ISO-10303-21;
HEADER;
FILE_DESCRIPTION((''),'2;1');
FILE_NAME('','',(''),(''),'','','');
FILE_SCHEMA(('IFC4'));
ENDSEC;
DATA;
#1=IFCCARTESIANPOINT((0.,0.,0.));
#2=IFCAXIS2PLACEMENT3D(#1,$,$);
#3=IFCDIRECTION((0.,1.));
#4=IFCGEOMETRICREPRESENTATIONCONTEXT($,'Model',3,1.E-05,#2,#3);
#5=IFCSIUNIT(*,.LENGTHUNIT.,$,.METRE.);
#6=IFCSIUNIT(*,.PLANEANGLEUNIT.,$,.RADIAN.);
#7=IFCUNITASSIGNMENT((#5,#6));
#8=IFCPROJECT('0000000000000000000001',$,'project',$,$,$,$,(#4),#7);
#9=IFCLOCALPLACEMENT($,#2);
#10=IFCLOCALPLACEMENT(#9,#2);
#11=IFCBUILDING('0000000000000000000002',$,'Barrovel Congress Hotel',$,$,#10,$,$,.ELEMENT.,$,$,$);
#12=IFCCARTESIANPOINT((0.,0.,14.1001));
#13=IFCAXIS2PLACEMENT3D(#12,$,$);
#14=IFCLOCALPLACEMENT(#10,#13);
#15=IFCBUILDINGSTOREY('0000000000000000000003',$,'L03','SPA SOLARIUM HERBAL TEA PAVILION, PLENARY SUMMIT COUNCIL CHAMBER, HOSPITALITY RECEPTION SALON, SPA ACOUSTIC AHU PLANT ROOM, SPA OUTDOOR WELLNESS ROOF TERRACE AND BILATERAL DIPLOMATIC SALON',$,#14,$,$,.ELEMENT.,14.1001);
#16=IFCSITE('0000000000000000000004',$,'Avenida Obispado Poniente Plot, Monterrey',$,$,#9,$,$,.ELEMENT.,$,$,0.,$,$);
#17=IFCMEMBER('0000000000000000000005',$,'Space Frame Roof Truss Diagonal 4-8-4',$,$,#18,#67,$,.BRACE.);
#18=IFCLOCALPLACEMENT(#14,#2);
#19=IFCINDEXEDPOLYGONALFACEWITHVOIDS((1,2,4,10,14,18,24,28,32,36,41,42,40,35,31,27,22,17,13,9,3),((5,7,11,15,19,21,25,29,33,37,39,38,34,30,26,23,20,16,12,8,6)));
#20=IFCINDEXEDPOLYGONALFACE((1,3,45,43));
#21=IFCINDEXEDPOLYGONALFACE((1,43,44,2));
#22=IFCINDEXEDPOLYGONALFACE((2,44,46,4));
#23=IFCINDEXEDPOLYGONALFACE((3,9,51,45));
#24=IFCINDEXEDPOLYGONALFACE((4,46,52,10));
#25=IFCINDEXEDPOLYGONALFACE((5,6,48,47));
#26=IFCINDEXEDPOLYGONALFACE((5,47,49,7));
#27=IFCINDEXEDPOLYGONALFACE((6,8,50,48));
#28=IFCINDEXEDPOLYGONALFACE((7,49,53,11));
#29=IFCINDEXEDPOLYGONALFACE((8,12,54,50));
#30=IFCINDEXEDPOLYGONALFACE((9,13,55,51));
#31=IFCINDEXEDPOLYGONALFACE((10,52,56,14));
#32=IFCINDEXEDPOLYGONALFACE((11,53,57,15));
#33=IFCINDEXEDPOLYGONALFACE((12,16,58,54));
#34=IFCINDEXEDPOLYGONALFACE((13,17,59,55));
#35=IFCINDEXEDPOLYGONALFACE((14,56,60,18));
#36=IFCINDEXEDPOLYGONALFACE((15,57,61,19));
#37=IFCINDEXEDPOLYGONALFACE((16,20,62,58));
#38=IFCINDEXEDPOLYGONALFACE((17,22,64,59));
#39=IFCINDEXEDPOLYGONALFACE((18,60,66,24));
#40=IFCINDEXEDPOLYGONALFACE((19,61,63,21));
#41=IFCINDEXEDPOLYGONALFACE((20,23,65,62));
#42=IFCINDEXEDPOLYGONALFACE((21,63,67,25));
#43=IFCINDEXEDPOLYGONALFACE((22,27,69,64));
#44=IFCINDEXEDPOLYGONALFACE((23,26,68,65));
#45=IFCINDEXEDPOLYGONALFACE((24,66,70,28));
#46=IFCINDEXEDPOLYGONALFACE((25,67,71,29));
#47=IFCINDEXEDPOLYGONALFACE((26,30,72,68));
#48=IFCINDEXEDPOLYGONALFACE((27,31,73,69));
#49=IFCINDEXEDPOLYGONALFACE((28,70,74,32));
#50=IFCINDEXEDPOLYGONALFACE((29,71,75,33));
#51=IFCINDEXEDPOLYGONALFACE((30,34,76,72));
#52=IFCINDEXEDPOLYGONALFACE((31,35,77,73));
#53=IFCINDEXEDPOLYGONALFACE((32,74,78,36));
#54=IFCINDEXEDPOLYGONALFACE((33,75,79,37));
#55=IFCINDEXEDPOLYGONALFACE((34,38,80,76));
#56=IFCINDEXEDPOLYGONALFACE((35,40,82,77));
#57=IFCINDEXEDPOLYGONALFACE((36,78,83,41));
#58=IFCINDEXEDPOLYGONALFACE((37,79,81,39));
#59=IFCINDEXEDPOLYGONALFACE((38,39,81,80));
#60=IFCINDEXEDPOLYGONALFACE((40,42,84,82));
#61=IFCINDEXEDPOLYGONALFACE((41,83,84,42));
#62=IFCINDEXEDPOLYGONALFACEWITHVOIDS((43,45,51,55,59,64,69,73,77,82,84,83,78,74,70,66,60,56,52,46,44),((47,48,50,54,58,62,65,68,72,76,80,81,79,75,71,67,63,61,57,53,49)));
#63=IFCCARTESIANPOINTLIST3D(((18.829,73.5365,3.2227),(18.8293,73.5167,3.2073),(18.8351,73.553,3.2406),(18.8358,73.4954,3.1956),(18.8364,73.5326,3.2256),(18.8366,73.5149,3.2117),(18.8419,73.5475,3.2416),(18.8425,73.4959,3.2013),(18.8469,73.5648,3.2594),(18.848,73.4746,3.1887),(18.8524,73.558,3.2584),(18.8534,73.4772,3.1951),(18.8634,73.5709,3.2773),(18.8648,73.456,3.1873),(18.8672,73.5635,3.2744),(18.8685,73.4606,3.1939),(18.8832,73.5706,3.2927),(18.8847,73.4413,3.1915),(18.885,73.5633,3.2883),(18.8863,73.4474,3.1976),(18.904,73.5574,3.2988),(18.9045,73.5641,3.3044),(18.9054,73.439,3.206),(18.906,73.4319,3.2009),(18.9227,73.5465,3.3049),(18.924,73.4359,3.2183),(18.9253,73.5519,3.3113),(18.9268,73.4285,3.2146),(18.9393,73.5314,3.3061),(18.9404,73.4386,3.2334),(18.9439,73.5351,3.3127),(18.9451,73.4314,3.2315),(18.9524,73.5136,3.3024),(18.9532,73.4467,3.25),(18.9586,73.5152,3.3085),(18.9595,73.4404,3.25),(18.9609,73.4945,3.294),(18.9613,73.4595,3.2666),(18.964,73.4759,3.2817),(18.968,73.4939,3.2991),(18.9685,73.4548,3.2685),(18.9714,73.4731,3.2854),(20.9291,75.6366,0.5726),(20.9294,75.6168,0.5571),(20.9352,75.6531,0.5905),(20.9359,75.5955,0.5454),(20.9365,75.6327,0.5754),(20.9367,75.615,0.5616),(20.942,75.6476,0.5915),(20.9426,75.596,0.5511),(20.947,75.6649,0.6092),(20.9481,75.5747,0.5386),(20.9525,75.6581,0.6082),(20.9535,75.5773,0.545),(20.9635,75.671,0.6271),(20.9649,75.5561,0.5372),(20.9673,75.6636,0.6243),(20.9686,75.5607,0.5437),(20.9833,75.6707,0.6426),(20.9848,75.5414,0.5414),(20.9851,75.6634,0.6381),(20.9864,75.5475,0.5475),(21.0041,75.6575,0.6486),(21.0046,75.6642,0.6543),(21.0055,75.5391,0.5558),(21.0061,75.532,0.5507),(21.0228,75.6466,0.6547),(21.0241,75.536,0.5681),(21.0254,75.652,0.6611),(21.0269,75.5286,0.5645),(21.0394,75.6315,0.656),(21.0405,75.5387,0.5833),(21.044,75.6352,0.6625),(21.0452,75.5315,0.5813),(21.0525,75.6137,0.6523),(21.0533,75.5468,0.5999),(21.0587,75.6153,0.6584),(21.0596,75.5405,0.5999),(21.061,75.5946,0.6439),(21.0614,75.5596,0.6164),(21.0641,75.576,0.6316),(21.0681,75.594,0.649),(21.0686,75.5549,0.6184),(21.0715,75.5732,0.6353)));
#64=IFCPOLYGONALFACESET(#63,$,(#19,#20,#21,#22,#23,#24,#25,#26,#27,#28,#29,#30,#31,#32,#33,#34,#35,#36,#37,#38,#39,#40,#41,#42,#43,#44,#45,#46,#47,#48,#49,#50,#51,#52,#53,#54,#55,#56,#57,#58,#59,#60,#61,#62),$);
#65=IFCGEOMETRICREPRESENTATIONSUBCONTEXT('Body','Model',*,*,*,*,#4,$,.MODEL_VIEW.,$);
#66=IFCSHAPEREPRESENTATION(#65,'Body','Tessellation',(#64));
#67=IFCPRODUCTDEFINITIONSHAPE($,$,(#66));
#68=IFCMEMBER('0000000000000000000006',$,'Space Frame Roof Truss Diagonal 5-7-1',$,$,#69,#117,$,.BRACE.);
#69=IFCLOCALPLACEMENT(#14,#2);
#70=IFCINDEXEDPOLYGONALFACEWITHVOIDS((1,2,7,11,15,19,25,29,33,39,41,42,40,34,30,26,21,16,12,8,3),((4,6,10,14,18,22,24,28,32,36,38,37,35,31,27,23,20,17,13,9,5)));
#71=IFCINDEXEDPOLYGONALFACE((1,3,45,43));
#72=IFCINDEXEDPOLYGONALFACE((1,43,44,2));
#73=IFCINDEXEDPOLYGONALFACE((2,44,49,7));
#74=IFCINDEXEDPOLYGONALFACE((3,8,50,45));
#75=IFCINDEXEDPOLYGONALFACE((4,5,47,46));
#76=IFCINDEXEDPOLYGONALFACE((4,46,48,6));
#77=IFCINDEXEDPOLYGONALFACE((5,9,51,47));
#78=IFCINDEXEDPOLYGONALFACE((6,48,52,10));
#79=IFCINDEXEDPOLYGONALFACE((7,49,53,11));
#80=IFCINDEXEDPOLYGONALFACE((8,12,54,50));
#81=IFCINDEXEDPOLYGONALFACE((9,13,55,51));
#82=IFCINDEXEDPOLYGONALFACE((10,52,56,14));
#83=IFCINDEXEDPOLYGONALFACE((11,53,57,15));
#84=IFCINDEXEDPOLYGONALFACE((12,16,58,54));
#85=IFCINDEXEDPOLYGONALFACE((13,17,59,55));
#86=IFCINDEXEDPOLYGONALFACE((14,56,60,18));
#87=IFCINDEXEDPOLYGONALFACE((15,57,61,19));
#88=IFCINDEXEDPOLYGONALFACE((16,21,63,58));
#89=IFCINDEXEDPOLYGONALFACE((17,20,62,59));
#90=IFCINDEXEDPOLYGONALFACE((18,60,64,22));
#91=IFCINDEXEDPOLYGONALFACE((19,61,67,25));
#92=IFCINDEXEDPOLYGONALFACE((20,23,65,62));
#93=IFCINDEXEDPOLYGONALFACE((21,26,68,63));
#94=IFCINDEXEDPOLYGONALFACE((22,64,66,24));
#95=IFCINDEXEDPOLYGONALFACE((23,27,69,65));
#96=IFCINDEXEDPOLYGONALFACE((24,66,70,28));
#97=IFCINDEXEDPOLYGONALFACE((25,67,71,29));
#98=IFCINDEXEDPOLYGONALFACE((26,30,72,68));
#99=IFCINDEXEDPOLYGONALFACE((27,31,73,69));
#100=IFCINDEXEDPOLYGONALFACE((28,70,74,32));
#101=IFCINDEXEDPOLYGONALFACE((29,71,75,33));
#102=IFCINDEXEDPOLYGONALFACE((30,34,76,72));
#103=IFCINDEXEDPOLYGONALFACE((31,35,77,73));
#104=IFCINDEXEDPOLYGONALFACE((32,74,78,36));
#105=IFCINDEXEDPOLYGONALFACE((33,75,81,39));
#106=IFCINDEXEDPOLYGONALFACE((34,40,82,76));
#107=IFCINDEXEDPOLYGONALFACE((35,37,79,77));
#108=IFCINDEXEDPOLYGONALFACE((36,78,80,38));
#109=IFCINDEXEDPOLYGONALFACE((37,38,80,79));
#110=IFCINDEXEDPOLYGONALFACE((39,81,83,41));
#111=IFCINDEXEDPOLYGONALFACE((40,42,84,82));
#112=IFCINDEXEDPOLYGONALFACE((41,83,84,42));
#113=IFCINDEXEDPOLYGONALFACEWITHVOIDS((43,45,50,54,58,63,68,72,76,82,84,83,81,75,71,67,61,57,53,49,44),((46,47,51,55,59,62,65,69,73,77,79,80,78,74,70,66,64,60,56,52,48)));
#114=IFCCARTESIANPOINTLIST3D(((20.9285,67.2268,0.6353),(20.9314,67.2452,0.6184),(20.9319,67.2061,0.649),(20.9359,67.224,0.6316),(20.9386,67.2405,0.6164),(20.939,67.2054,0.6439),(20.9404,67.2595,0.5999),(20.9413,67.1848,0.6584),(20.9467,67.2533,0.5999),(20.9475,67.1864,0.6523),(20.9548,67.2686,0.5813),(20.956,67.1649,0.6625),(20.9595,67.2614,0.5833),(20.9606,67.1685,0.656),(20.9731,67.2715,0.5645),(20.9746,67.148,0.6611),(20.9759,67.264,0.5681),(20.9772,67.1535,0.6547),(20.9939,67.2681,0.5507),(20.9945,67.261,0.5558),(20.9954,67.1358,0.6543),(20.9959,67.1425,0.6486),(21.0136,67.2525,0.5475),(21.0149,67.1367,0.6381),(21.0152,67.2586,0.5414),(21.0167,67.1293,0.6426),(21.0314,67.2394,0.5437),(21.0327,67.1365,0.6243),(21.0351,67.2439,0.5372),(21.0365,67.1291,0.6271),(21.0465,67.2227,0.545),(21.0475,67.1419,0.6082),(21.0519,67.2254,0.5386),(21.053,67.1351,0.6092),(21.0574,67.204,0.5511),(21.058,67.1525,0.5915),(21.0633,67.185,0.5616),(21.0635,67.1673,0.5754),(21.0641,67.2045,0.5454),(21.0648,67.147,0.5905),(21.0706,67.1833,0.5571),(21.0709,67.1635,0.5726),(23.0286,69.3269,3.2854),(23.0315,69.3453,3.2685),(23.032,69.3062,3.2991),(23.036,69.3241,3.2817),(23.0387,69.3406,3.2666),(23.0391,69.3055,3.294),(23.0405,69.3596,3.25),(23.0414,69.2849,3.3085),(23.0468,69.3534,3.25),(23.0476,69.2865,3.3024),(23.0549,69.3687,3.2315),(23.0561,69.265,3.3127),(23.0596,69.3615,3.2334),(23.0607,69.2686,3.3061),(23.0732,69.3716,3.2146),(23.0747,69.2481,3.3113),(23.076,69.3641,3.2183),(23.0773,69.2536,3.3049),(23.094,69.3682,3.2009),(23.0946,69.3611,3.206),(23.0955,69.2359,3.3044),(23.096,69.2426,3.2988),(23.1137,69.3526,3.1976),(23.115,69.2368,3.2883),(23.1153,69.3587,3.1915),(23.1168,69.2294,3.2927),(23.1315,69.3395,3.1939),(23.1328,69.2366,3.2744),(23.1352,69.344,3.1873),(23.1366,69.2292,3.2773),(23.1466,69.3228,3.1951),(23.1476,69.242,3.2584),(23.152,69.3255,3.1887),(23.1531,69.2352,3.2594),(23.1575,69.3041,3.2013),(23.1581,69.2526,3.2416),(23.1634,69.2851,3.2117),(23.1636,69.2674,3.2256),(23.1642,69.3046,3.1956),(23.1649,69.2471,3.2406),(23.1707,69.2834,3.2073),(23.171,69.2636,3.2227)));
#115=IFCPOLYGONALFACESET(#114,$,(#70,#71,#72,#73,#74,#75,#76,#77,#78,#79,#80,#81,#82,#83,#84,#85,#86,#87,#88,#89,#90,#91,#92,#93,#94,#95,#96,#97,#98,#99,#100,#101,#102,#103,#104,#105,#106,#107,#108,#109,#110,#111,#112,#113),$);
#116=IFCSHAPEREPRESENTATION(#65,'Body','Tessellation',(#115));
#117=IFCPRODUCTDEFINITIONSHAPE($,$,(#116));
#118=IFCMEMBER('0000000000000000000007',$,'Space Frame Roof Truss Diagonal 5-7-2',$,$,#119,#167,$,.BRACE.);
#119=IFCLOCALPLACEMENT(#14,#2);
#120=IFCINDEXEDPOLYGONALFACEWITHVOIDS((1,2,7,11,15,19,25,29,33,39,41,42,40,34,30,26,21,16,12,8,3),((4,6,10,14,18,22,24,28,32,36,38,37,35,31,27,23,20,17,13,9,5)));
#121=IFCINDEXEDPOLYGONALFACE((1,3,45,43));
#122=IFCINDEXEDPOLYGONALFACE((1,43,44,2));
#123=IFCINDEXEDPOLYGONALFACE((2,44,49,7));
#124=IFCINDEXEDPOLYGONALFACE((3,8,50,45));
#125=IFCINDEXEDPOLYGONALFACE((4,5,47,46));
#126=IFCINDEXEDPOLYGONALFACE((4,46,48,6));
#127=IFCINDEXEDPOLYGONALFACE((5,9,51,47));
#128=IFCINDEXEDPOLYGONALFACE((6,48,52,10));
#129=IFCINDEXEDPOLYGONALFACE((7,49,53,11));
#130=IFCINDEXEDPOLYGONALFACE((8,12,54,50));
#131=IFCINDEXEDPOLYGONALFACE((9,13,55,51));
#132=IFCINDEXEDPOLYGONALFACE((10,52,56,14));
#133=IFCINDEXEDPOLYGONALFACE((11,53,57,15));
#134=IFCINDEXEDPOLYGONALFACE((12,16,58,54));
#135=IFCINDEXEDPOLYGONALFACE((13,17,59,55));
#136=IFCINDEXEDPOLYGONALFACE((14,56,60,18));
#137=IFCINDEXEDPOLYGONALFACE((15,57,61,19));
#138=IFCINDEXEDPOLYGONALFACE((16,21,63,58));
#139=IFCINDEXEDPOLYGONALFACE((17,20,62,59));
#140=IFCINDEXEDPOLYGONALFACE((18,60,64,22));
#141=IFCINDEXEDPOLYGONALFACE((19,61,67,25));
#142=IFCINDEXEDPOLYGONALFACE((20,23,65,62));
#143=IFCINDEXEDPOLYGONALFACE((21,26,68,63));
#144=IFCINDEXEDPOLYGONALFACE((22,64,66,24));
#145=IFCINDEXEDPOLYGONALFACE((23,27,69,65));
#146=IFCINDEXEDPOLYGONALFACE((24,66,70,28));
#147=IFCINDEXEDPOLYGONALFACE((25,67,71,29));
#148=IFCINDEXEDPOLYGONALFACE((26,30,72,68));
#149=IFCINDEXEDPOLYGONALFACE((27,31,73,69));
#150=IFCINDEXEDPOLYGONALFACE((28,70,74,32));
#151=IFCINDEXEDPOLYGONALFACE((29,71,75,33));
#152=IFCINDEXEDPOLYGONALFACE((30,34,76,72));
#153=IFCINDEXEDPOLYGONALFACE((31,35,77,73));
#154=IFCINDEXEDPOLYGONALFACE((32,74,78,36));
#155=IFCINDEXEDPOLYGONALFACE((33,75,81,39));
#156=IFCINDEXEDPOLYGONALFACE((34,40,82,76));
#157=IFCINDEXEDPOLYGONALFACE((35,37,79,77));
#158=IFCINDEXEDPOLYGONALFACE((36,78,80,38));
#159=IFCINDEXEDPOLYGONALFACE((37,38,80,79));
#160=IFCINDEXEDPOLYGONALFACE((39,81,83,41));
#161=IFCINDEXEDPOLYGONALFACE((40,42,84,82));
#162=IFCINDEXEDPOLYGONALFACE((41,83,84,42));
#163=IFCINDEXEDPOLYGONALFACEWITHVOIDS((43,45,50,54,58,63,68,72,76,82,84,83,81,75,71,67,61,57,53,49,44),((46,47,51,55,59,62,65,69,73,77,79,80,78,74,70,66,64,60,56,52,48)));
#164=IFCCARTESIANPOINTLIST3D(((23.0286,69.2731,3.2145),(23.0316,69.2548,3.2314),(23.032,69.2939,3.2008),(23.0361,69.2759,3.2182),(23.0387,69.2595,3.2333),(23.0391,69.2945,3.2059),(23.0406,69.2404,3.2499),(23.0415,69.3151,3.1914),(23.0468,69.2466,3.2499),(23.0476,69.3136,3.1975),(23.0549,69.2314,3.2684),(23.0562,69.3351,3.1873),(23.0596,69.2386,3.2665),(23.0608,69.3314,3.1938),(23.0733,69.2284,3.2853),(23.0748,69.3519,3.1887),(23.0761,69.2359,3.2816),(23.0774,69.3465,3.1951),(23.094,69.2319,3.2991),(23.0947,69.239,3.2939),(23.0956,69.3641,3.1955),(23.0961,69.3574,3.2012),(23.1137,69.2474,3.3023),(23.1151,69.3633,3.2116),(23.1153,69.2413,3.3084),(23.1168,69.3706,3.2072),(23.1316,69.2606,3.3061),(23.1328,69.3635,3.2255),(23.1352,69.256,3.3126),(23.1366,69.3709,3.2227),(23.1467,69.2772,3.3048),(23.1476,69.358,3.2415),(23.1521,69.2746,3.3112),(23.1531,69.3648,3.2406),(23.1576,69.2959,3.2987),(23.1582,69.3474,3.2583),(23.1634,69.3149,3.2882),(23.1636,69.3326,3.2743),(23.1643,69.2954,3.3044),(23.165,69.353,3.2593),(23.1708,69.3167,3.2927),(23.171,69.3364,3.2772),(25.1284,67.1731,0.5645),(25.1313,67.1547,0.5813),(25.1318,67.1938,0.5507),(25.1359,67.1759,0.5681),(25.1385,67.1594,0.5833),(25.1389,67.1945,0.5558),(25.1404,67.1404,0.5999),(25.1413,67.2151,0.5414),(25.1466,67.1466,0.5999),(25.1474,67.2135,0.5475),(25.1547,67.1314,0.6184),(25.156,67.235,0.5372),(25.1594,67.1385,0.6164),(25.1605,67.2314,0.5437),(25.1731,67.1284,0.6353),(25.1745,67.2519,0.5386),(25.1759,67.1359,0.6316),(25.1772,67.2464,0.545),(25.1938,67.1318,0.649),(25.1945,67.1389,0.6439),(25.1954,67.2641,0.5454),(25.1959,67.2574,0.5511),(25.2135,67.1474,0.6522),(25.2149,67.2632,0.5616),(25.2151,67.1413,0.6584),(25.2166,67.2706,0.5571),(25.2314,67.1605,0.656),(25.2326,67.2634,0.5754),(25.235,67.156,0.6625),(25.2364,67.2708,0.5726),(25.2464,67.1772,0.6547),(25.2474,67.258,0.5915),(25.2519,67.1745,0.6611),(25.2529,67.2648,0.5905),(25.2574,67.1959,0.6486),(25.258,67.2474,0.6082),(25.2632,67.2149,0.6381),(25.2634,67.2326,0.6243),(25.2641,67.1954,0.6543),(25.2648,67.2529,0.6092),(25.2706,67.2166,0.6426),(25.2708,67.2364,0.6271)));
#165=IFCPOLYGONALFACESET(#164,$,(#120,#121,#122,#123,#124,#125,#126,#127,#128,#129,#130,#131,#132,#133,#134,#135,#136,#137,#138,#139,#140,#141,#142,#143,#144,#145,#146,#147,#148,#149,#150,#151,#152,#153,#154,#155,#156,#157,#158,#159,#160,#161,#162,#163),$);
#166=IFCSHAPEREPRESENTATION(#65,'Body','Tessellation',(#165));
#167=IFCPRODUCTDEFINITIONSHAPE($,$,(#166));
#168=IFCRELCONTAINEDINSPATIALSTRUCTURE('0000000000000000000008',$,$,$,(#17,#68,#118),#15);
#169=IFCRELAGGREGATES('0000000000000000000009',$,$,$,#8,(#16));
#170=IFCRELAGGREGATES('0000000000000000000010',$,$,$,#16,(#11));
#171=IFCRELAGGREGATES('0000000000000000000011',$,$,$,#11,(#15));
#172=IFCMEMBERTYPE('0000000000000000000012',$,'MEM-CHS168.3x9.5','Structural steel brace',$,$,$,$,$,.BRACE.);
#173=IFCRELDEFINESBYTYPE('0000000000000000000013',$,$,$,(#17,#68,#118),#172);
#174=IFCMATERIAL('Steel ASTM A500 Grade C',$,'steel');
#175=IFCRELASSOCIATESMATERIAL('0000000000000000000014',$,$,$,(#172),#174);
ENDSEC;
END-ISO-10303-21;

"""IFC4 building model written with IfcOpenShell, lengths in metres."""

from ifc_helpers import new_model, si_unit, direction, frame, origin, origin_2d, place, context, subcontext, project, spatial, hollow_circle, extrude, material, material_profile, profile_set, type_object, element, save


model = new_model("IFC4")

# Units and contexts
model_context = context("Model", 3, precision=1e-05, world=origin(), true_north=direction((0.0, 1.0)))
body_context = subcontext(model_context, "Body", "Model", "MODEL_VIEW")
ifc_project = project(units=[si_unit("LENGTHUNIT", "METRE"), si_unit("PLANEANGLEUNIT", "RADIAN")], contexts=[model_context])

# Site, building, storey
site_placement = place(None, origin())
site = spatial("IfcSite", under=ifc_project, at=site_placement, Name="Avenida Obispado Poniente Plot, Monterrey", CompositionType="ELEMENT", RefElevation=0.0)
building_placement = place(site_placement, origin())
building = spatial("IfcBuilding", under=site, at=building_placement, Name="Barrovel Congress Hotel", CompositionType="ELEMENT")
storey_placement = place(building_placement, frame((0.0, 0.0, 14.1001)))
storey = spatial("IfcBuildingStorey", under=building, at=storey_placement, Name="L03", Description="SPA SOLARIUM HERBAL TEA PAVILION, PLENARY SUMMIT COUNCIL CHAMBER, HOSPITALITY RECEPTION SALON, SPA ACOUSTIC AHU PLANT ROOM, SPA OUTDOOR WELLNESS ROOF TERRACE AND BILATERAL DIPLOMATIC SALON", CompositionType="ELEMENT", Elevation=14.1001)

# Members
ifc_material_1 = material(Name="Steel ASTM A500 Grade C", Category="steel")
ifc_material_profile_1 = material_profile(ifc_material_1, hollow_circle(Radius=0.0842, WallThickness=0.0088, at=origin_2d()), Name="CHS168.3x9.5")
ifc_profile_set_1 = profile_set([ifc_material_profile_1], Name="Steel ASTM A500 Grade C")
member_type_1 = type_object("IfcMemberType", Name="MEM-CHS168.3x9.5", Description="Structural steel brace", PredefinedType="BRACE", material=ifc_profile_set_1)
for number, where, z_axis, x_axis, name in (
    (1, (21.0, 75.6001, 0.5999), (-0.527601, -0.527601, 0.665788), (0.707107, -0.707107, 0.0), "Space Frame Roof Truss Diagonal 4-8-4"),
    (2, (21.0, 67.2, 0.5999), (0.527601, 0.527601, 0.665788), (-0.707107, 0.707107, 0.0), "Space Frame Roof Truss Diagonal 5-7-1"),
):
    element("IfcMember", number, at=place(storey_placement, frame(where, z_axis=z_axis, x_axis=x_axis)), inside=storey, type_object=member_type_1, Name=name, PredefinedType="BRACE", context=body_context, shape_type="SweptSolid", body=[
        extrude(hollow_circle(Radius=0.0842, WallThickness=0.0088, at=origin_2d()), origin(), (0.0, 0.0, 1.0), 3.9805),
    ])
for number, where, z_axis, x_axis, name in (
    (3, (25.2, 67.2, 0.5999), (-0.527557, 0.527618, 0.66581), (-0.707148, -0.707066, 0.0), "Space Frame Roof Truss Diagonal 5-7-2"),
):
    element("IfcMember", number, at=place(storey_placement, frame(where, z_axis=z_axis, x_axis=x_axis)), inside=storey, type_object=member_type_1, Name=name, PredefinedType="BRACE", context=body_context, shape_type="SweptSolid", body=[
        extrude(hollow_circle(Radius=0.0842, WallThickness=0.0088, at=origin_2d()), origin(), (0.0, 0.0, 1.0), 3.9802),
    ])

save(model, "model.ifc")
